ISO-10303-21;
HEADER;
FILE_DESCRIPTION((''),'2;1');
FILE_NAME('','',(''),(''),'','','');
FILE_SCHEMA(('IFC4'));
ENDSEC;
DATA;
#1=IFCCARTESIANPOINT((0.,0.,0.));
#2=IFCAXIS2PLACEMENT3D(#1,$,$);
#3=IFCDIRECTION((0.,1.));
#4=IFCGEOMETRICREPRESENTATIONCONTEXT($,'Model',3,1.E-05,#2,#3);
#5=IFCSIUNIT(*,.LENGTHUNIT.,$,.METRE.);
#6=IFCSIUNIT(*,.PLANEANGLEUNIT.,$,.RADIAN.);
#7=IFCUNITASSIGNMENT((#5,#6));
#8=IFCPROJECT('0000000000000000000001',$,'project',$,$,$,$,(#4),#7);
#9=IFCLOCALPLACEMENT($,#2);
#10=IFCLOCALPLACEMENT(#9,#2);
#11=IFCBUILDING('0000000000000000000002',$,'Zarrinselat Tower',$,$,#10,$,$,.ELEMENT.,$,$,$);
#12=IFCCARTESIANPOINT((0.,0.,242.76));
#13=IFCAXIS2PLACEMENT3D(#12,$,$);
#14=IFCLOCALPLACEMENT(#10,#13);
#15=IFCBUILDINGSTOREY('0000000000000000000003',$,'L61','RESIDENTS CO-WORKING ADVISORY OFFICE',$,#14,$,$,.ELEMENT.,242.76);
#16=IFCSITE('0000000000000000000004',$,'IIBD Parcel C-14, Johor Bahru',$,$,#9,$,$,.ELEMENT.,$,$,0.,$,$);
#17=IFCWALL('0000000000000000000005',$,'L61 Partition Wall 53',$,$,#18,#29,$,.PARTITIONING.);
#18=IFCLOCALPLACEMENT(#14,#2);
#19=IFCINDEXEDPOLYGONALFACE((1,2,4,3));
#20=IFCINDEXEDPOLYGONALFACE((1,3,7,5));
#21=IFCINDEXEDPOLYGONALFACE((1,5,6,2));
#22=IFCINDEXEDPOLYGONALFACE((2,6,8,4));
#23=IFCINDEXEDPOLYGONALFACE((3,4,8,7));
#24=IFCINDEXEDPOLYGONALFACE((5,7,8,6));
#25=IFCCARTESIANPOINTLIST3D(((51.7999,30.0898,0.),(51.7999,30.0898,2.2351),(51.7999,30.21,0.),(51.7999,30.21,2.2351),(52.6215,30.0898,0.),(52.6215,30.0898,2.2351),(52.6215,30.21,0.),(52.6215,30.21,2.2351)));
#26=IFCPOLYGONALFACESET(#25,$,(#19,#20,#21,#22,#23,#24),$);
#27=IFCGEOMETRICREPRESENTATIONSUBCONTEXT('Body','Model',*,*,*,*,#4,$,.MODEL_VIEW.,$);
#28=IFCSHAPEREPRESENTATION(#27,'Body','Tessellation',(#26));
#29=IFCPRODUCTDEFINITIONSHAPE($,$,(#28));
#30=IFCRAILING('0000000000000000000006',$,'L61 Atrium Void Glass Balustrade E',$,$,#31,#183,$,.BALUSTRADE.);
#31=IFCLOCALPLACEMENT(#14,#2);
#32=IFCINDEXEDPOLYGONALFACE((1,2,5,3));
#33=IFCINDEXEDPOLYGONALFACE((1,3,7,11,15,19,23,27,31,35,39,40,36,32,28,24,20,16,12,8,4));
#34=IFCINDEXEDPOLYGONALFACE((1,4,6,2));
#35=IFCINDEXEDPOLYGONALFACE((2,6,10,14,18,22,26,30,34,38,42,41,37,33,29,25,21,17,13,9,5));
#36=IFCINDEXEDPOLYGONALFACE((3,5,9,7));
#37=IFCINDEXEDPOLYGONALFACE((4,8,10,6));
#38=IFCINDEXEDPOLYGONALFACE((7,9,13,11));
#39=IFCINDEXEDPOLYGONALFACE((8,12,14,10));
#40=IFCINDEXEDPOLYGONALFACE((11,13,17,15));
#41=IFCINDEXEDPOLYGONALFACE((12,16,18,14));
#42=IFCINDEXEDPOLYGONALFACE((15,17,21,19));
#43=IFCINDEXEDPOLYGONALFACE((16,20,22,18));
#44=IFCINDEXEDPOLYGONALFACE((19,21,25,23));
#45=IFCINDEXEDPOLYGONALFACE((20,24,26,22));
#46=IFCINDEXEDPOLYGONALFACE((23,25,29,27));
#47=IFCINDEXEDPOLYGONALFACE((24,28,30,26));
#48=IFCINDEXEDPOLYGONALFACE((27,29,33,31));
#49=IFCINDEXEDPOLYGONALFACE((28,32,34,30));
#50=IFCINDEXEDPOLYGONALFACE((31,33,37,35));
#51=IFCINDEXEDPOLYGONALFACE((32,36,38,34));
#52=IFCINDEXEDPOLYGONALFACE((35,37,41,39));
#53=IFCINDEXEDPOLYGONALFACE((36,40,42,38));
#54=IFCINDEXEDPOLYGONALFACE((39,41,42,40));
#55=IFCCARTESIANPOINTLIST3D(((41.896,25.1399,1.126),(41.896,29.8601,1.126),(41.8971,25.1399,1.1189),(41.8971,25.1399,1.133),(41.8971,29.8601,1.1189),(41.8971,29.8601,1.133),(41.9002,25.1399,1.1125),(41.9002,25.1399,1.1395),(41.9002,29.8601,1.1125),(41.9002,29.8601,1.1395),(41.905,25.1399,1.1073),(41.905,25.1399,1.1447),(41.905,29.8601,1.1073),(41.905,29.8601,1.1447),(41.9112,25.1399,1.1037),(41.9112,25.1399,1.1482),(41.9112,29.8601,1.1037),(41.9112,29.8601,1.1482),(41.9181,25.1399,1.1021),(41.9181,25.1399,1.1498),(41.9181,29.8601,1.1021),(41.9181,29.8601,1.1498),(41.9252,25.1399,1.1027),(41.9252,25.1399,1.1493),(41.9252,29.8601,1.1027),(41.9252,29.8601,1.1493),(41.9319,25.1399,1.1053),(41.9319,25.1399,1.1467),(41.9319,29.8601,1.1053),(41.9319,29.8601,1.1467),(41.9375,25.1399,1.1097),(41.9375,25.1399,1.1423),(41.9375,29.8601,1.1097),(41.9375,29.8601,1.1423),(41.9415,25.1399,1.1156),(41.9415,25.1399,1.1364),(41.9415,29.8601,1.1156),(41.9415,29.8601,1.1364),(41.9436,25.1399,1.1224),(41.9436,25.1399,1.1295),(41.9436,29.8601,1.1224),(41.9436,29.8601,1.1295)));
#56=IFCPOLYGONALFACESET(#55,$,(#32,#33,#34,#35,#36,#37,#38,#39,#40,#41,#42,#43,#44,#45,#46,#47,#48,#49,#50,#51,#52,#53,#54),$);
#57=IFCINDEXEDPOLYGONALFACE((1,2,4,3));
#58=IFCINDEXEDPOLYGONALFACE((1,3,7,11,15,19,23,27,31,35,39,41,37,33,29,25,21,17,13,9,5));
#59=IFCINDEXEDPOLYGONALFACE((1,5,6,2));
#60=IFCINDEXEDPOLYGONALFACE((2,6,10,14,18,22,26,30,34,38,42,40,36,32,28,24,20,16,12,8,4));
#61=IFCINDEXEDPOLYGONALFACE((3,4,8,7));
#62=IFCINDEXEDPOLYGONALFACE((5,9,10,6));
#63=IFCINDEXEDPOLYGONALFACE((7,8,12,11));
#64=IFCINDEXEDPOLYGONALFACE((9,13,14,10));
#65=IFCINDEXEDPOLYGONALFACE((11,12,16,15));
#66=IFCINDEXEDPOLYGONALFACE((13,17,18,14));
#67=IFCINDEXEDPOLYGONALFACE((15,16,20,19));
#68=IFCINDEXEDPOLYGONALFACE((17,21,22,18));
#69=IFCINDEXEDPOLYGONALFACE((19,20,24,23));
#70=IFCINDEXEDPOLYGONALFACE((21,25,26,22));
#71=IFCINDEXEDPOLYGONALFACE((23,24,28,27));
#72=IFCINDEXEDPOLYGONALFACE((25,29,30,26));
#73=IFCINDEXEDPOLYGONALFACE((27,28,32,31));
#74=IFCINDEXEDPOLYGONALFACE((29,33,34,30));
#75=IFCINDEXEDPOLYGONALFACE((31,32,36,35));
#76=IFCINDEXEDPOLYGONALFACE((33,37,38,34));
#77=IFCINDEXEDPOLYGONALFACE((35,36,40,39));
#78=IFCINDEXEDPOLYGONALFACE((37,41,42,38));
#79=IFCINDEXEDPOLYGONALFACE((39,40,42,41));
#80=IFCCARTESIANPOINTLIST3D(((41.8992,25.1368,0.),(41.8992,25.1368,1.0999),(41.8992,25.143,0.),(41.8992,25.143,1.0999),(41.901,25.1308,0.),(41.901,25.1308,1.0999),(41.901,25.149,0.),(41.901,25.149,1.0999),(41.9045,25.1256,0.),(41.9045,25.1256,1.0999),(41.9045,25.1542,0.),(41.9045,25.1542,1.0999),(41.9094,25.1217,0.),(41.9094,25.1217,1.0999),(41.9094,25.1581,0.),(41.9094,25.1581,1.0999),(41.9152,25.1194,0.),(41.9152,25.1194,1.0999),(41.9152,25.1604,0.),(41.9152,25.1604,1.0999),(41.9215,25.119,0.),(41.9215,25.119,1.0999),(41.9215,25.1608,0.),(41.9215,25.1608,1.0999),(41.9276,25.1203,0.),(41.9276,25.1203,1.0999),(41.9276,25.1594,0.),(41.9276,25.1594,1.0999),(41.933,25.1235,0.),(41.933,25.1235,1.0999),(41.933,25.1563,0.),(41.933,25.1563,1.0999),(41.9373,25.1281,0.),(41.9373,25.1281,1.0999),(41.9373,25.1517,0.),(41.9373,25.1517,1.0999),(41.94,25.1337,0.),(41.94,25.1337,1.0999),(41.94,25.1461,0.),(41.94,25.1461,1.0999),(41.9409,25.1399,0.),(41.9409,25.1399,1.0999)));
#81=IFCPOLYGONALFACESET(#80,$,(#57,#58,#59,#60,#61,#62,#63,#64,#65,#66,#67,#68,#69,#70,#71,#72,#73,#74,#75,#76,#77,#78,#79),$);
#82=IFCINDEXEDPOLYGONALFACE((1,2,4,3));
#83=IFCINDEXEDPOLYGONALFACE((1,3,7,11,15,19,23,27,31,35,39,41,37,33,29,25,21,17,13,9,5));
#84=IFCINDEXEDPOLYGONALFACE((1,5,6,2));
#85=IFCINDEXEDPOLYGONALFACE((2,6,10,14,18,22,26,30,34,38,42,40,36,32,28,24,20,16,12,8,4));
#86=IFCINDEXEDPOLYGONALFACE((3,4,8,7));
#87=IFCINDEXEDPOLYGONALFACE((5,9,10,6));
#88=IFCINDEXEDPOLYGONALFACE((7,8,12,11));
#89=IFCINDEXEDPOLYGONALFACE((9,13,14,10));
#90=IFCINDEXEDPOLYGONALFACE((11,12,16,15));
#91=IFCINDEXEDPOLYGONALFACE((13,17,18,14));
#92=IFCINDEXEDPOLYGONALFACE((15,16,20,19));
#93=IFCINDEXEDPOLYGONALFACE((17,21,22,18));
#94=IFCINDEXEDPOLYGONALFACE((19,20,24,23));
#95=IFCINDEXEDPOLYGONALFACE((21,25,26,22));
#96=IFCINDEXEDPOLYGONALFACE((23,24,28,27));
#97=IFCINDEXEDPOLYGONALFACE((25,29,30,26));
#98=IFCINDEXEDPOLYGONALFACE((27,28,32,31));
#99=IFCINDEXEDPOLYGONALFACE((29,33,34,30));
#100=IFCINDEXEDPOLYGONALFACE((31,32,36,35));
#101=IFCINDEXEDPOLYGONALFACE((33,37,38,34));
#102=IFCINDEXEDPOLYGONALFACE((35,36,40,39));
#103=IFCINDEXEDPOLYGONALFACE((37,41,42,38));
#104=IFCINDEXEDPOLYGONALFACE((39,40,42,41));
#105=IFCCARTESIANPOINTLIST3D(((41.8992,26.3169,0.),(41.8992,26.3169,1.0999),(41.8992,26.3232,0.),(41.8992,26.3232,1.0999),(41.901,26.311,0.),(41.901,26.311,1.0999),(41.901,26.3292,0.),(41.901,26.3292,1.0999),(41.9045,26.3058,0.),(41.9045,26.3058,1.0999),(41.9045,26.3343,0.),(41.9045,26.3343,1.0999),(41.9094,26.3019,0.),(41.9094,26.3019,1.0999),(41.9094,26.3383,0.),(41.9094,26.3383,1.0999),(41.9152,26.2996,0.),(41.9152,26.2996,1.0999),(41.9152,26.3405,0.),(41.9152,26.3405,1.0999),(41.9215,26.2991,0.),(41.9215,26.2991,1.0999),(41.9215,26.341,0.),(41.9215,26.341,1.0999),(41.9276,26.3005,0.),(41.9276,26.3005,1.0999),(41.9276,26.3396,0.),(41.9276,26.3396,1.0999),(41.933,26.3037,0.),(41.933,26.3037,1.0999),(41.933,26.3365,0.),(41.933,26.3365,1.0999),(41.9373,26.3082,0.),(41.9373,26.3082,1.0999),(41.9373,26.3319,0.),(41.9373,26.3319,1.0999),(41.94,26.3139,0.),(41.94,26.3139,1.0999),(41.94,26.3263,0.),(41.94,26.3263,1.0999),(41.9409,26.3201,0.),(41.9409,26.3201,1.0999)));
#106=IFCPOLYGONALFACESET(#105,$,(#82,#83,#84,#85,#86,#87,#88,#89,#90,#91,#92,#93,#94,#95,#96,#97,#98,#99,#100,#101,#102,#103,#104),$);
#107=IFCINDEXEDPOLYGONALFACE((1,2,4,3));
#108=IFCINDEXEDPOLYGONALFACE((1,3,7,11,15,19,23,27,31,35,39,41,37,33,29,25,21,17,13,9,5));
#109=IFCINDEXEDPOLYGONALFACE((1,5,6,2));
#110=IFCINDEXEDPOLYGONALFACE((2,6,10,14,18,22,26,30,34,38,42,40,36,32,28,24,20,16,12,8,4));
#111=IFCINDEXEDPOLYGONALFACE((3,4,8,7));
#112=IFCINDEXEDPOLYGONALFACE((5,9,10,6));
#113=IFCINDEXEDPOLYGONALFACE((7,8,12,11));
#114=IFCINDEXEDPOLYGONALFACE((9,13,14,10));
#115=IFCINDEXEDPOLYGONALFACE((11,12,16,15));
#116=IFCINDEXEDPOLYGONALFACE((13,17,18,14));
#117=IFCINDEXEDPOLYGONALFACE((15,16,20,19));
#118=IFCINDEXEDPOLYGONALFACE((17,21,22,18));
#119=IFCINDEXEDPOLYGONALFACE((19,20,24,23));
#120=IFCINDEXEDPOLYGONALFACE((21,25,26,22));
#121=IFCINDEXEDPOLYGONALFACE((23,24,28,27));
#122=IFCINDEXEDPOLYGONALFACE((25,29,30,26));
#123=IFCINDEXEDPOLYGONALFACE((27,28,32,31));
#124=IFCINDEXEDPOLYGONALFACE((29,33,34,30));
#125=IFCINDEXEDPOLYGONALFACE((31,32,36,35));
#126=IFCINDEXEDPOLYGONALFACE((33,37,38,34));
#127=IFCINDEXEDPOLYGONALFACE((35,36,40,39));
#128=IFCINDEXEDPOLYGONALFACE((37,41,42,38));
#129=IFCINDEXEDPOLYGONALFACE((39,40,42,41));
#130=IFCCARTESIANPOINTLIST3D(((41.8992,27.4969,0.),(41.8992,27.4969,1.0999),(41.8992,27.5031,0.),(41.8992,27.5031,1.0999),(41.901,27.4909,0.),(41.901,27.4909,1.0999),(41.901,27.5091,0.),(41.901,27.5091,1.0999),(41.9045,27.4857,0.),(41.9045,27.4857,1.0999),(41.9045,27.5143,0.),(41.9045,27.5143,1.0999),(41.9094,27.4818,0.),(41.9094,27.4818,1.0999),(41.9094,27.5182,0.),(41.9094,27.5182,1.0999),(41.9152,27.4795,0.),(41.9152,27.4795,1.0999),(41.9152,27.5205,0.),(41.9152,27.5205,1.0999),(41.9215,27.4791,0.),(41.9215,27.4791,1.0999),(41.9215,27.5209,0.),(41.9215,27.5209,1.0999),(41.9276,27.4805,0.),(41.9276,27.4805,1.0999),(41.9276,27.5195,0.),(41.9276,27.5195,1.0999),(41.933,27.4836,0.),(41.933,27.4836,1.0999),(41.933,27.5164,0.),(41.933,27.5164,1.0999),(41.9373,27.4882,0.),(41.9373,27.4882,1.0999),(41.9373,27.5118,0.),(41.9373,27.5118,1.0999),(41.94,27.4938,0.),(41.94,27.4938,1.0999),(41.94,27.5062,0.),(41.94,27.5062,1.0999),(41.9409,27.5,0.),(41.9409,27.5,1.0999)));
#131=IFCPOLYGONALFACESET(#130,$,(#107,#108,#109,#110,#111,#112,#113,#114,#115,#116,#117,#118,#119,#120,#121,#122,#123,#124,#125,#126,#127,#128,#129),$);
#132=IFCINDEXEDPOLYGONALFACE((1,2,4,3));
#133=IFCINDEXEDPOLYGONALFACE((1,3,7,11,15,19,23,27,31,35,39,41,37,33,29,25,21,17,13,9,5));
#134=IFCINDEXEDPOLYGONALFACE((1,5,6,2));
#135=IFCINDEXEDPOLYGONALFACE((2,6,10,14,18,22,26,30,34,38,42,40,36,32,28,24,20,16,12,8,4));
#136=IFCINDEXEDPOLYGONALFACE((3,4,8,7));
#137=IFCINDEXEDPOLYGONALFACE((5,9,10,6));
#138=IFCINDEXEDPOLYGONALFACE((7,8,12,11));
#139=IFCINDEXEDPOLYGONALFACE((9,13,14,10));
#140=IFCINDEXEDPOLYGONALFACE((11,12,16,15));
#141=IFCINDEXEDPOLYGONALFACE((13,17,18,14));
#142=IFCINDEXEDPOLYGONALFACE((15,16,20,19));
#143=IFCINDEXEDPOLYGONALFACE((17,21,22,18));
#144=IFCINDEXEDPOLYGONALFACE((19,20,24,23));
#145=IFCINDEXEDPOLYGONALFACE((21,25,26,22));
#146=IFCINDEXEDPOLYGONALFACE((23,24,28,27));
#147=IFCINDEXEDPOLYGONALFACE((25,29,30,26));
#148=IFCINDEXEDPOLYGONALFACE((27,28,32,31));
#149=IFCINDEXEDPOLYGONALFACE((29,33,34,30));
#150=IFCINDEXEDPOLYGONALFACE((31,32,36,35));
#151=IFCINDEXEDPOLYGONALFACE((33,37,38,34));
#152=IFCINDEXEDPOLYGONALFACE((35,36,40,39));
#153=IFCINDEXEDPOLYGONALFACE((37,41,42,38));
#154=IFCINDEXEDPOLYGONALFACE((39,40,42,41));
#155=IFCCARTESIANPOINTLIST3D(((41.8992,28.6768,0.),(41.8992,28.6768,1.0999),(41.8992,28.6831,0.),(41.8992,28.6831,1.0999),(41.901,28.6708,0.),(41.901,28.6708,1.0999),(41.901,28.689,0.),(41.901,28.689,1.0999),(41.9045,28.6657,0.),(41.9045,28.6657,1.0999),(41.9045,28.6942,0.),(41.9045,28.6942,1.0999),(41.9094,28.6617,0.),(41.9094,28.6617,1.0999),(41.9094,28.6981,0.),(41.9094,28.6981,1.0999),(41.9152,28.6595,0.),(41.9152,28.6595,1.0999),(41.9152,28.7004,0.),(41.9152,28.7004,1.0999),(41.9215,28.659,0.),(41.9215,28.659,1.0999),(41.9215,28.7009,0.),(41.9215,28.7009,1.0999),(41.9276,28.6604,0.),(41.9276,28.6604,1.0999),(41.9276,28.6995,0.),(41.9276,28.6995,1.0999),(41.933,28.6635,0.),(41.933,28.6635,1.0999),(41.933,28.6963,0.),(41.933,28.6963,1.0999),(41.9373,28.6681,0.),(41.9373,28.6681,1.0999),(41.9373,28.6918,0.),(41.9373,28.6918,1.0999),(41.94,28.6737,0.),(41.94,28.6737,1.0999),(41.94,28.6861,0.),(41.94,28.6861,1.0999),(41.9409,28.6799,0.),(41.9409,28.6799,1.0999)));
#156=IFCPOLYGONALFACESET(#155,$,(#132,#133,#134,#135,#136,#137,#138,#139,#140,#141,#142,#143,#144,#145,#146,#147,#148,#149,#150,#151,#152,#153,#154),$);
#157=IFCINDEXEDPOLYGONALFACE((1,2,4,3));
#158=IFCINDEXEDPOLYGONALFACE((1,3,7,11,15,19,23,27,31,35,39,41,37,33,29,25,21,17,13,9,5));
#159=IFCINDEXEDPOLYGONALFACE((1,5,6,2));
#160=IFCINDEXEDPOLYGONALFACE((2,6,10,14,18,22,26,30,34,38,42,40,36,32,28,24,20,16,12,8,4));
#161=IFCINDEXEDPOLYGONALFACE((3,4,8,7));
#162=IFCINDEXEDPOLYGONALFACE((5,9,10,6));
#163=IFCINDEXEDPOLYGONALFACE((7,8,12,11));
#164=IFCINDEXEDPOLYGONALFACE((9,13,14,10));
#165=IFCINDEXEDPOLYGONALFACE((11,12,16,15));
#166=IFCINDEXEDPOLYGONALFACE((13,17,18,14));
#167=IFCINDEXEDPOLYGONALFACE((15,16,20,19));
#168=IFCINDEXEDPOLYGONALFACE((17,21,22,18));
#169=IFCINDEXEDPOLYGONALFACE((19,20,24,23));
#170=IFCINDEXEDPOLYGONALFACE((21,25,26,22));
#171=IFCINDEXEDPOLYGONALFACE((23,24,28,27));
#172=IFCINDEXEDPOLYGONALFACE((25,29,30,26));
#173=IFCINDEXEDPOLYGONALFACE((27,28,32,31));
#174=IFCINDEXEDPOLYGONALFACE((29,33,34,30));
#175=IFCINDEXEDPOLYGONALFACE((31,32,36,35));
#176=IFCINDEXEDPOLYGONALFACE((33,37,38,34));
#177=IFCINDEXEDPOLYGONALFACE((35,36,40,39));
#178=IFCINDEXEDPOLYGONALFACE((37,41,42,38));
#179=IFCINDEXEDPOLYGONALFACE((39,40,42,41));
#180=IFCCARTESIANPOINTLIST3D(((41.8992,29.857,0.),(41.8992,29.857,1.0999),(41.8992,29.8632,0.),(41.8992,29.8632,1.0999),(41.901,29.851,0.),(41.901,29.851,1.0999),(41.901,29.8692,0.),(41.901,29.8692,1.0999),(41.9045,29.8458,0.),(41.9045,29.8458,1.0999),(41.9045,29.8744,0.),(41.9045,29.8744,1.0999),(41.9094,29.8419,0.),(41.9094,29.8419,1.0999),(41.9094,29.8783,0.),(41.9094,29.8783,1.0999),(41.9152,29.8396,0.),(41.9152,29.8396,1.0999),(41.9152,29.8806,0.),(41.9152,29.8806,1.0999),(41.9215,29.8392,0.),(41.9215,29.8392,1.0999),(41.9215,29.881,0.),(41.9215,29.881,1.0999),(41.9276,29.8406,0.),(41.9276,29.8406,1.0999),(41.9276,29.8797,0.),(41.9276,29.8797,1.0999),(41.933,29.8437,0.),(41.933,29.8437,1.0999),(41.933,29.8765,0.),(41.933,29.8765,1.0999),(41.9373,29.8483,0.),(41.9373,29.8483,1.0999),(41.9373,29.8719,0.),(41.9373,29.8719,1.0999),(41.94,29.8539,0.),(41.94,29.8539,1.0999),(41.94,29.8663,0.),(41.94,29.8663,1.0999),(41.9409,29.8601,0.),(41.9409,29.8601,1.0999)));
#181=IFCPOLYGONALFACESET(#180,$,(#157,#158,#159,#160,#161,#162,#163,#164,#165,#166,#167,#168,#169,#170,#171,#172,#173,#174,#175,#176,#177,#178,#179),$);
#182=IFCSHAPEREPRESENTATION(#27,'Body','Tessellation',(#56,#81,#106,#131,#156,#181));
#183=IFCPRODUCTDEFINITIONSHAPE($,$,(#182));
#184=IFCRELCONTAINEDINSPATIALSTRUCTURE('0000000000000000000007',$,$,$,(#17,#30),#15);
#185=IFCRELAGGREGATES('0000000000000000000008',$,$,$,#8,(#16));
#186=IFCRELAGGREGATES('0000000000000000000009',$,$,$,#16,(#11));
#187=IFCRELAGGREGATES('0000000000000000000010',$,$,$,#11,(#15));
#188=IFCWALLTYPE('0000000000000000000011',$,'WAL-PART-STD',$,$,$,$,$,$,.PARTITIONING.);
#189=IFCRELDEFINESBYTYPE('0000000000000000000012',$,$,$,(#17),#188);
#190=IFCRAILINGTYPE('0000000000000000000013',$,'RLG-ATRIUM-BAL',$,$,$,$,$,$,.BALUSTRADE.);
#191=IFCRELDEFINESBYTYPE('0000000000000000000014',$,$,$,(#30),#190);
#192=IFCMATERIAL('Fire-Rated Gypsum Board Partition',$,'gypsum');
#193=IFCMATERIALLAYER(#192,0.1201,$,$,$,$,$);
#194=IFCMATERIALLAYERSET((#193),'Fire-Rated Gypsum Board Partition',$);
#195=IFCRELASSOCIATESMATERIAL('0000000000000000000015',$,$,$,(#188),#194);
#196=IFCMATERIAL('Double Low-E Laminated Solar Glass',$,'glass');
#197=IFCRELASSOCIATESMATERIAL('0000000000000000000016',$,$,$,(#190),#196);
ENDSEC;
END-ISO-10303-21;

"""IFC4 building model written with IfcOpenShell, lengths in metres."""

from ifc_helpers import new_model, si_unit, direction, frame, frame_2d, origin, origin_2d, place, context, subcontext, project, spatial, rectangle, circle, extrude, material, layer, layer_set, type_object, element, save


model = new_model("IFC4")

# Units and contexts
model_context = context("Model", 3, precision=1e-05, world=origin(), true_north=direction((0.0, 1.0)))
body_context = subcontext(model_context, "Body", "Model", "MODEL_VIEW")
ifc_project = project(units=[si_unit("LENGTHUNIT", "METRE"), si_unit("PLANEANGLEUNIT", "RADIAN")], contexts=[model_context])

# Site, building, storey
site_placement = place(None, origin())
site = spatial("IfcSite", under=ifc_project, at=site_placement, Name="IIBD Parcel C-14, Johor Bahru", CompositionType="ELEMENT", RefElevation=0.0)
building_placement = place(site_placement, origin())
building = spatial("IfcBuilding", under=site, at=building_placement, Name="Zarrinselat Tower", CompositionType="ELEMENT")
storey_placement = place(building_placement, frame((0.0, 0.0, 242.76)))
storey = spatial("IfcBuildingStorey", under=building, at=storey_placement, Name="L61", Description="RESIDENTS CO-WORKING ADVISORY OFFICE", CompositionType="ELEMENT", Elevation=242.76)

# Wall
ifc_material_1 = material(Name="Fire-Rated Gypsum Board Partition", Category="gypsum")
ifc_layer_1 = layer(ifc_material_1, 0.1201)
ifc_layer_set_1 = layer_set([ifc_layer_1], Name="Fire-Rated Gypsum Board Partition")
wall_type_1 = type_object("IfcWallType", Name="WAL-PART-STD", PredefinedType="PARTITIONING", material=ifc_layer_set_1)
wall_1_placement = place(storey_placement, frame((51.8, 30.1499, 0.0), z_axis=(0.0, 0.0, 1.0), x_axis=(1.0, 0.0, 0.0)))
element("IfcWall", 1, at=wall_1_placement, inside=storey, type_object=wall_type_1, Name="L61 Partition Wall 53", PredefinedType="PARTITIONING", context=body_context, shape_type="SweptSolid", body=[
    extrude(rectangle(XDim=0.8215, YDim=0.1201, at=frame_2d((0.4106, 0.0))), origin(), (0.0, 0.0, 1.0), 2.2351),
])

# Railing
ifc_material_2 = material(Name="Double Low-E Laminated Solar Glass", Category="glass")
railing_type = type_object("IfcRailingType", Name="RLG-ATRIUM-BAL", PredefinedType="BALUSTRADE", material=ifc_material_2)
railing_1_placement = place(storey_placement, frame((41.9199, 25.1399, 0.0)))
element("IfcRailing", 2, at=railing_1_placement, inside=storey, type_object=railing_type, Name="L61 Atrium Void Glass Balustrade E", PredefinedType="BALUSTRADE", context=body_context, shape_type="SweptSolid", body=[
    extrude(circle(Radius=0.0239, at=origin_2d()), frame((0.0, 0.0, 1.126), z_axis=(0.0, 1.0, 0.0), x_axis=(-1.0, 0.0, 0.0)), (0.0, 0.0, 1.0), 4.7202),
    extrude(circle(Radius=0.021, at=origin_2d()), origin(), (0.0, 0.0, 1.0), 1.0999),
    extrude(circle(Radius=0.021, at=origin_2d()), frame((0.0, 1.1802, 0.0)), (0.0, 0.0, 1.0), 1.0999),
    extrude(circle(Radius=0.021, at=origin_2d()), frame((0.0, 2.3601, 0.0)), (0.0, 0.0, 1.0), 1.0999),
    extrude(circle(Radius=0.021, at=origin_2d()), frame((0.0, 3.54, 0.0)), (0.0, 0.0, 1.0), 1.0999),
    extrude(circle(Radius=0.021, at=origin_2d()), frame((0.0, 4.7202, 0.0)), (0.0, 0.0, 1.0), 1.0999),
])

save(model, "model.ifc")
